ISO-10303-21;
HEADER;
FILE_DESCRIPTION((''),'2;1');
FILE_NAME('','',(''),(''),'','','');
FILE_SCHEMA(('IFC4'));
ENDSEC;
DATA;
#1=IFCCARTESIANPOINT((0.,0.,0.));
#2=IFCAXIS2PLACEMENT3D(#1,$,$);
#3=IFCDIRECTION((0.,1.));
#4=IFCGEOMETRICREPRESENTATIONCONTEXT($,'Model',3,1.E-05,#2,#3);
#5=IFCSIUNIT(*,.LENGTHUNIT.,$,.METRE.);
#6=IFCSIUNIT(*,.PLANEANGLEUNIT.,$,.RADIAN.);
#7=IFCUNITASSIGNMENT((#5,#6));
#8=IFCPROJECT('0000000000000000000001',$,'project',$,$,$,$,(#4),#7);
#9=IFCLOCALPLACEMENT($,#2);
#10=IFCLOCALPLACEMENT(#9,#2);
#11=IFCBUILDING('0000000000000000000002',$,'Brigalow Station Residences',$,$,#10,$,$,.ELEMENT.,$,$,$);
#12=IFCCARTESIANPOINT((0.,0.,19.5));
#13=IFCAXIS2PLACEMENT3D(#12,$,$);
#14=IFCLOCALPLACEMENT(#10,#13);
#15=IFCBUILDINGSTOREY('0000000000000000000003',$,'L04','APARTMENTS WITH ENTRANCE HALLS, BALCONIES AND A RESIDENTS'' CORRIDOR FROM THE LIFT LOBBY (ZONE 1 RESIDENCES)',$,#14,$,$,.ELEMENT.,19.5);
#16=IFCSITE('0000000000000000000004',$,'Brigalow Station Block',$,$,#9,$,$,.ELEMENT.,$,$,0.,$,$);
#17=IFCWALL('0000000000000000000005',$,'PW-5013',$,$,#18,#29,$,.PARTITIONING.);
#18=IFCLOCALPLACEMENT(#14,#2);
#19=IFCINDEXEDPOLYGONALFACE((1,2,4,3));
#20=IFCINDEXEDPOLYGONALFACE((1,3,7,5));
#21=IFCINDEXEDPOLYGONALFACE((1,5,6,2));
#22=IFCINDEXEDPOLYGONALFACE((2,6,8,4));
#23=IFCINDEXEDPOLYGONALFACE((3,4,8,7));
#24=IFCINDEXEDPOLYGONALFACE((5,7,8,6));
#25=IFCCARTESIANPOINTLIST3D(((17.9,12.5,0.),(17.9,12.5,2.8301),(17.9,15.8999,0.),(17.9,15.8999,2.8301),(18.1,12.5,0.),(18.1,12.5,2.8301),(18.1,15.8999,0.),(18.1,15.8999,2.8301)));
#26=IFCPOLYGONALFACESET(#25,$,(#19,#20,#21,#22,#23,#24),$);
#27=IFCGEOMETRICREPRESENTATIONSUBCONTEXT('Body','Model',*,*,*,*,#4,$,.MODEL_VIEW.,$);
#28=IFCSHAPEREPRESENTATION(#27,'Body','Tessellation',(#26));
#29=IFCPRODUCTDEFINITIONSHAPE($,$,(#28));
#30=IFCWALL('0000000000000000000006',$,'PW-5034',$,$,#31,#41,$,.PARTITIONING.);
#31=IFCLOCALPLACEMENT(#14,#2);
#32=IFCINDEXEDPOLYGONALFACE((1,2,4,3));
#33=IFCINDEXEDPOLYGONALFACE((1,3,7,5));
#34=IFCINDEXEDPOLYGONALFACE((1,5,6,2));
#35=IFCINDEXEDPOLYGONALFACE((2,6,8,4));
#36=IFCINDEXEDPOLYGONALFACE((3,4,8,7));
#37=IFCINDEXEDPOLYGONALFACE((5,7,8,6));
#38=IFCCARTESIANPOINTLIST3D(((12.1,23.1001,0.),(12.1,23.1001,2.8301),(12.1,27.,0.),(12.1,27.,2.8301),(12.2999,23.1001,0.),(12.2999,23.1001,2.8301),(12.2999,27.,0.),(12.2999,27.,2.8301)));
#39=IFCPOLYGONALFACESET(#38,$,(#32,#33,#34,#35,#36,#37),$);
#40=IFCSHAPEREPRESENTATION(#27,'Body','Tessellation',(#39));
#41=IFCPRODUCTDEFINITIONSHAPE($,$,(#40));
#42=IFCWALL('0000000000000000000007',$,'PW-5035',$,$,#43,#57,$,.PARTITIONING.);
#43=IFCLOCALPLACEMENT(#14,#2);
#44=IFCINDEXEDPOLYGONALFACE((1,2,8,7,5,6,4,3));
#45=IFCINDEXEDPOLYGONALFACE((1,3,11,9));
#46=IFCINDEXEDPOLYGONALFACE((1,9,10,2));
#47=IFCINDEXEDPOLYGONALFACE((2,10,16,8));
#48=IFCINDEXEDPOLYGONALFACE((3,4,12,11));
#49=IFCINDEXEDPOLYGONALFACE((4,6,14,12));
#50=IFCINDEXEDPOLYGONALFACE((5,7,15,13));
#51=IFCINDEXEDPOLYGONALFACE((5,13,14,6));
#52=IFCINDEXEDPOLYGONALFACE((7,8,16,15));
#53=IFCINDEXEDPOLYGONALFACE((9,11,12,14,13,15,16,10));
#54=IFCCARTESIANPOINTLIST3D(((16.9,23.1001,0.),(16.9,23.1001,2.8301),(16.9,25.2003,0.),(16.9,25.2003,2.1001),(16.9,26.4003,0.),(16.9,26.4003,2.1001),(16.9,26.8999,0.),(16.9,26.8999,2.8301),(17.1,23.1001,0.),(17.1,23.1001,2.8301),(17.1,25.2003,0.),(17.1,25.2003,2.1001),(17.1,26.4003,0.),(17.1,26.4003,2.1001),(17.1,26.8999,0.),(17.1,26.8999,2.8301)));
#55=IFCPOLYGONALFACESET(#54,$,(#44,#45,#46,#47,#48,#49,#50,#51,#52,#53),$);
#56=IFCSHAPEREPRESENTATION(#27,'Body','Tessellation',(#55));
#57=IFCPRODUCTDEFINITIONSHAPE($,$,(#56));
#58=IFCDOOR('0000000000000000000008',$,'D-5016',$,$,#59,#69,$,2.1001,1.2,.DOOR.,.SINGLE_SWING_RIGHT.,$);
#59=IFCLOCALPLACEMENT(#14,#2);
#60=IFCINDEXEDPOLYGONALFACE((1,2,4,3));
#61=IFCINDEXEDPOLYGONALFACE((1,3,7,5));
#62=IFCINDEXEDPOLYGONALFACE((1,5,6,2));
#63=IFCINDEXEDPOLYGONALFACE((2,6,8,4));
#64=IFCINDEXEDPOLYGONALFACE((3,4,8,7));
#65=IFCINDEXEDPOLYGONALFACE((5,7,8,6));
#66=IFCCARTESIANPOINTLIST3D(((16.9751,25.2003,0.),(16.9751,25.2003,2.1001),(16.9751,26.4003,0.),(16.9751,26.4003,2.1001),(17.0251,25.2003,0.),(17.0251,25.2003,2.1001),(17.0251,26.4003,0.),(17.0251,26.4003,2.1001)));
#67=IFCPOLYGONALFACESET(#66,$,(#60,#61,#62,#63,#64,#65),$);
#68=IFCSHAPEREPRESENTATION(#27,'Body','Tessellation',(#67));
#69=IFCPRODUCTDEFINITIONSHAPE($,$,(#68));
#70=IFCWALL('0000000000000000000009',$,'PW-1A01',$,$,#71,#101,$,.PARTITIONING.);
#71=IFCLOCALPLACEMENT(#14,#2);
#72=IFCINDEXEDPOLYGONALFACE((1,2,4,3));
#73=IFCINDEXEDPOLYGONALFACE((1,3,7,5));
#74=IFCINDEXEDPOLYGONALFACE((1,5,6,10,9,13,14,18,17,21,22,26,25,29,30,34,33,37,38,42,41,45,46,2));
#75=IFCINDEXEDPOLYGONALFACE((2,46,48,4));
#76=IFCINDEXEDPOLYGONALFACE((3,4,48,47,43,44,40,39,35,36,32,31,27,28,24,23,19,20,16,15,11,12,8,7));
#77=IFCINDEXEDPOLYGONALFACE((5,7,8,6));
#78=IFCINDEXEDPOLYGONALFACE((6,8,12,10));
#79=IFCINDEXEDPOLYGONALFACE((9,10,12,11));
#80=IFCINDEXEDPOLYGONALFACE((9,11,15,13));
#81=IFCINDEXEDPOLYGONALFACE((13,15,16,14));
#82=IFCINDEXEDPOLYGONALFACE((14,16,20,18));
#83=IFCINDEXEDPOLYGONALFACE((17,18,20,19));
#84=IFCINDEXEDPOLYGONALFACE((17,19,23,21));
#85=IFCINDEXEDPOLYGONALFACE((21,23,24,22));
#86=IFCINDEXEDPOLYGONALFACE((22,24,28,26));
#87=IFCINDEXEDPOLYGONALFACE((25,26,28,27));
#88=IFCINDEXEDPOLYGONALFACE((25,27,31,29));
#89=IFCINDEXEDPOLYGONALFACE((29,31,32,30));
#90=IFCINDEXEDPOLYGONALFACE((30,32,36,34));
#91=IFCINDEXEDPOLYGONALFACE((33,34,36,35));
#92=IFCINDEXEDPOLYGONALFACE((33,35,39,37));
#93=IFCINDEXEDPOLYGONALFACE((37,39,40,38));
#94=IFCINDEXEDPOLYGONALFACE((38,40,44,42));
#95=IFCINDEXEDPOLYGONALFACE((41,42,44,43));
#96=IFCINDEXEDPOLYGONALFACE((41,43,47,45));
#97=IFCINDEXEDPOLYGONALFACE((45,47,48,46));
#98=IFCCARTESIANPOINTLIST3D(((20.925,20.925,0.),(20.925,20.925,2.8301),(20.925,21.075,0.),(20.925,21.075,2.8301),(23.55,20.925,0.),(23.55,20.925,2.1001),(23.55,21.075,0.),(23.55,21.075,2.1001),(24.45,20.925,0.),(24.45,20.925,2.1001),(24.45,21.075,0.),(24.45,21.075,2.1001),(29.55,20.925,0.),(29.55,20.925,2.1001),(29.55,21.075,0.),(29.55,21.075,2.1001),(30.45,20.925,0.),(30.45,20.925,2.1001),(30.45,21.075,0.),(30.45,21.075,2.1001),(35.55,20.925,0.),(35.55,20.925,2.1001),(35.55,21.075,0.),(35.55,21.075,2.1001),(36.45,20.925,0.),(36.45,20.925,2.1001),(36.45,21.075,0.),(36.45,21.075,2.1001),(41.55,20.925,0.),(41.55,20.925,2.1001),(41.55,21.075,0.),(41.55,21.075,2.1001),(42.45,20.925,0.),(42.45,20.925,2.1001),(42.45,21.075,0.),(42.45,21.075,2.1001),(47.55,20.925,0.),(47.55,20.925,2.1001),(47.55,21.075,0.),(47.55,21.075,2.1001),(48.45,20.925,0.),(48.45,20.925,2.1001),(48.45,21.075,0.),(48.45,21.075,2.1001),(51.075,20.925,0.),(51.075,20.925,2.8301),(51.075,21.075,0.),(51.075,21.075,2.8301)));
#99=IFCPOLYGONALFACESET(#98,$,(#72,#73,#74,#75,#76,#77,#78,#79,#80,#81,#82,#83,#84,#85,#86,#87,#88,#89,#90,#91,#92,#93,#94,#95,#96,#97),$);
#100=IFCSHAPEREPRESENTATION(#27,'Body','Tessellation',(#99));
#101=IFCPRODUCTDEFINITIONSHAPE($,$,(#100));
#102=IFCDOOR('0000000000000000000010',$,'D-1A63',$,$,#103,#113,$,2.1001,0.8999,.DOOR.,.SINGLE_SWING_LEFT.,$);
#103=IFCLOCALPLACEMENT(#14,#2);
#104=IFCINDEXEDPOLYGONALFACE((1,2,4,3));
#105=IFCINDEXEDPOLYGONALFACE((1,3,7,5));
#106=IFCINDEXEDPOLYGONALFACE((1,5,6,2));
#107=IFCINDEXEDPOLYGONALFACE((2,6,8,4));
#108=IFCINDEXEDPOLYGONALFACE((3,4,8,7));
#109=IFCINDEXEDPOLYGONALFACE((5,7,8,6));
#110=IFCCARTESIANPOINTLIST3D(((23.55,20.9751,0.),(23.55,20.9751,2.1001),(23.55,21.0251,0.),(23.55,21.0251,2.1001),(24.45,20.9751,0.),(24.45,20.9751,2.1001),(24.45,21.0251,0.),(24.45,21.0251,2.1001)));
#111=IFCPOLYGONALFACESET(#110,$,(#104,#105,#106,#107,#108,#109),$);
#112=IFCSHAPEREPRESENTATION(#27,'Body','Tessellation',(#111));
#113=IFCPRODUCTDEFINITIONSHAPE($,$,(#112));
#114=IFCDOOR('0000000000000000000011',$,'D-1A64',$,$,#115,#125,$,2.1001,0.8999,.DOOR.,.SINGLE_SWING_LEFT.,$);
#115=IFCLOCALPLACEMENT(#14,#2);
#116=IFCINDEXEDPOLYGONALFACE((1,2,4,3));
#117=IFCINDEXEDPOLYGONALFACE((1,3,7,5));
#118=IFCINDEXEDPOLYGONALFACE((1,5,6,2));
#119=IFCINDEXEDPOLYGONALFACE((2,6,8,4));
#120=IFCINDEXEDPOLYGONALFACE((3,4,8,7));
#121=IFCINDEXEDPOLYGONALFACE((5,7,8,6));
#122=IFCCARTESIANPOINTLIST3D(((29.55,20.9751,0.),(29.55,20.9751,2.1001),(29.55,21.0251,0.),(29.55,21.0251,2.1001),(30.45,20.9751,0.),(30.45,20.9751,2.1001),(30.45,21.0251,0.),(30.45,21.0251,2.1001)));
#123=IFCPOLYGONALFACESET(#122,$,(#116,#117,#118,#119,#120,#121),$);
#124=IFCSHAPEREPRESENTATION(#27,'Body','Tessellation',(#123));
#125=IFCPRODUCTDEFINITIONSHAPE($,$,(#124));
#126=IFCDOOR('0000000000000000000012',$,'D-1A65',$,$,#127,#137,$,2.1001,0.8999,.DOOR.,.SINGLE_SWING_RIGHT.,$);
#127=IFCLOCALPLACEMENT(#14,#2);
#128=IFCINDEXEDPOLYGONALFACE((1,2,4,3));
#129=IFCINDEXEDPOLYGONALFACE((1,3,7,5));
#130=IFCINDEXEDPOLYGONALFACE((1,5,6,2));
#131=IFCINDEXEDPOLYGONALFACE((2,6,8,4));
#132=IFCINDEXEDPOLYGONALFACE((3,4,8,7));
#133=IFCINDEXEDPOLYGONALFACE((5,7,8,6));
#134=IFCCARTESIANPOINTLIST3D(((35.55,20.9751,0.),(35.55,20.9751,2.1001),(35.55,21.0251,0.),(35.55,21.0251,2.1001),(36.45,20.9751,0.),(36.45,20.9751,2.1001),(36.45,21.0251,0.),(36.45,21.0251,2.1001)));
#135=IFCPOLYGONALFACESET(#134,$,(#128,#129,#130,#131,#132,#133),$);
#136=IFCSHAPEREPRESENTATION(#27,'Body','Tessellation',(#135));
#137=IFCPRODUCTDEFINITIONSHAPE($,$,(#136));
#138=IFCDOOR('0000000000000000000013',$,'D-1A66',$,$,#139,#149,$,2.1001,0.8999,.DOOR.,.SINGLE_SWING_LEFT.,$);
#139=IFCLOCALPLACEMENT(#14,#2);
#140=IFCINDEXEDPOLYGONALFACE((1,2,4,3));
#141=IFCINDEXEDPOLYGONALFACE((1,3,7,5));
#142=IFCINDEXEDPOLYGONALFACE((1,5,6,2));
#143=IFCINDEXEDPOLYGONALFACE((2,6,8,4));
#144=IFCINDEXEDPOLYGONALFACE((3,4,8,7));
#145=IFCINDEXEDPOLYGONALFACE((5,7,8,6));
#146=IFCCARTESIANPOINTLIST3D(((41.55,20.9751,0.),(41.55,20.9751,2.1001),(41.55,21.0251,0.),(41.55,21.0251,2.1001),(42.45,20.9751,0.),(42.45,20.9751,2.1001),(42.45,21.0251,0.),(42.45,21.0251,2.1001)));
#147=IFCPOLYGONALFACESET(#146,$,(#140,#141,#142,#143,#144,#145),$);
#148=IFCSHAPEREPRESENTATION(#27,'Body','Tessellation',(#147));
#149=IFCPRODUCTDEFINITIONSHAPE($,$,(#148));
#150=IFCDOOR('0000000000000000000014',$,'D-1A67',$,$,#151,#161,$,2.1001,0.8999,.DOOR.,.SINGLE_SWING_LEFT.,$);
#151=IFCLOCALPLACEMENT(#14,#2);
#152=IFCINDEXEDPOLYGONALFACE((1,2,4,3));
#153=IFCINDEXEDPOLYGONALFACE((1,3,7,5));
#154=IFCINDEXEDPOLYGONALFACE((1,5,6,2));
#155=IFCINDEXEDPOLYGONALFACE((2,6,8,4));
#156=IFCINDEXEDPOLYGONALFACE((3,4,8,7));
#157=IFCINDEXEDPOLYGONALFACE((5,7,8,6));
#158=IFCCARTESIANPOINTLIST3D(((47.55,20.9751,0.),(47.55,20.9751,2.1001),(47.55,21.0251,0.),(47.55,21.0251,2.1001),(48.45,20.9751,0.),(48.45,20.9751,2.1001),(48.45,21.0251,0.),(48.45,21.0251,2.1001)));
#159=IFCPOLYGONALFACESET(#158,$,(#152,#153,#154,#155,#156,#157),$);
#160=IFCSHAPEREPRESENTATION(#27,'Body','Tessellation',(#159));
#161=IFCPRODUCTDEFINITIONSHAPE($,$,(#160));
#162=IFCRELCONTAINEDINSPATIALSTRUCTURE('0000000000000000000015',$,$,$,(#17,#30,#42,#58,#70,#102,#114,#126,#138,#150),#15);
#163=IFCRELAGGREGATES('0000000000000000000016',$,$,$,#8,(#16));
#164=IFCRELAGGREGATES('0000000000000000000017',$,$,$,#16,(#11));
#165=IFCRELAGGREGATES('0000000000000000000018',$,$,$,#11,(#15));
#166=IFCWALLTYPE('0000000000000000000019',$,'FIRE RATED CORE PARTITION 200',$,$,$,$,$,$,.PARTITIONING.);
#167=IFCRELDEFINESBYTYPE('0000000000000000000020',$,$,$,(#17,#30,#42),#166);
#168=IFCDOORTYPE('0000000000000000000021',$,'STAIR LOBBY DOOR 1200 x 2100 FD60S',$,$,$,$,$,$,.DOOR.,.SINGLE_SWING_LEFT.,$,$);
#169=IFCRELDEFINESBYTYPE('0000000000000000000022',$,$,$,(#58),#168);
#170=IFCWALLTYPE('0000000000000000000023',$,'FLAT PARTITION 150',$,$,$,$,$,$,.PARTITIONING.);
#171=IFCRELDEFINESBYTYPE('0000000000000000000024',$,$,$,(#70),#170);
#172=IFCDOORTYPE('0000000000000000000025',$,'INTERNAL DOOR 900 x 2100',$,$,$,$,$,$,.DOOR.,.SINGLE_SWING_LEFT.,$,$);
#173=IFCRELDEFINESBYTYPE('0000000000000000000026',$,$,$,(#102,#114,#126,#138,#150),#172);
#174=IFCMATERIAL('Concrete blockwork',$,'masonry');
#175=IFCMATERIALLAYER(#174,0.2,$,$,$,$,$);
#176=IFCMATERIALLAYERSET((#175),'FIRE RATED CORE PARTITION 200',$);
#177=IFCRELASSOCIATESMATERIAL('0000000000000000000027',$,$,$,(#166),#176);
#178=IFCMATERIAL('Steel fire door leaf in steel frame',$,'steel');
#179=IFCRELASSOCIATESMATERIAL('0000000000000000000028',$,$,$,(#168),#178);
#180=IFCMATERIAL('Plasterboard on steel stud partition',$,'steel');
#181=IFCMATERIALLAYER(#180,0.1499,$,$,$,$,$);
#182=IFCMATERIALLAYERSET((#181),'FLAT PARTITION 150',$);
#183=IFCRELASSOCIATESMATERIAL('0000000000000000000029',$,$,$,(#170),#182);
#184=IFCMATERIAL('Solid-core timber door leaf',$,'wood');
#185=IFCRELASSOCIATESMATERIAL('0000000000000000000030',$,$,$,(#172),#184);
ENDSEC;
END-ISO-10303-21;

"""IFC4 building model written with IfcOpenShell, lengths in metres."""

from ifc_helpers import new_model, si_unit, direction, frame, frame_2d, origin, place, context, subcontext, project, spatial, rectangle, extrude, material, layer, layer_set, type_object, element, fill, save


model = new_model("IFC4")

# Units and contexts
model_context = context("Model", 3, precision=1e-05, world=origin(), true_north=direction((0.0, 1.0)))
body_context = subcontext(model_context, "Body", "Model", "MODEL_VIEW")
ifc_project = project(units=[si_unit("LENGTHUNIT", "METRE"), si_unit("PLANEANGLEUNIT", "RADIAN")], contexts=[model_context])

# Site, building, storey
site_placement = place(None, origin())
site = spatial("IfcSite", under=ifc_project, at=site_placement, Name="Brigalow Station Block", CompositionType="ELEMENT", RefElevation=0.0)
building_placement = place(site_placement, origin())
building = spatial("IfcBuilding", under=site, at=building_placement, Name="Brigalow Station Residences", CompositionType="ELEMENT")
storey_placement = place(building_placement, frame((0.0, 0.0, 19.5)))
storey = spatial("IfcBuildingStorey", under=building, at=storey_placement, Name="L04", Description="APARTMENTS WITH ENTRANCE HALLS, BALCONIES AND A RESIDENTS' CORRIDOR FROM THE LIFT LOBBY (ZONE 1 RESIDENCES)", CompositionType="ELEMENT", Elevation=19.5)

# Walls
ifc_material_1 = material(Name="Concrete blockwork", Category="masonry")
ifc_layer_1 = layer(ifc_material_1, 0.2)
ifc_layer_set_1 = layer_set([ifc_layer_1], Name="FIRE RATED CORE PARTITION 200")
wall_type_1 = type_object("IfcWallType", Name="FIRE RATED CORE PARTITION 200", PredefinedType="PARTITIONING", material=ifc_layer_set_1)
wall_1_placement = place(storey_placement, frame((18.0, 12.5, 0.0), z_axis=(0.0, 0.0, 1.0), x_axis=(0.0, 1.0, 0.0)))
element("IfcWall", 1, at=wall_1_placement, inside=storey, type_object=wall_type_1, Name="PW-5013", PredefinedType="PARTITIONING", context=body_context, shape_type="SweptSolid", body=[
    extrude(rectangle(XDim=3.3999, YDim=0.2, at=frame_2d((1.7, 0.0))), origin(), (0.0, 0.0, 1.0), 2.8301),
])
wall_2_placement = place(storey_placement, frame((12.2, 23.1001, 0.0), z_axis=(0.0, 0.0, 1.0), x_axis=(0.0, 1.0, 0.0)))
element("IfcWall", 2, at=wall_2_placement, inside=storey, type_object=wall_type_1, Name="PW-5034", PredefinedType="PARTITIONING", context=body_context, shape_type="SweptSolid", body=[
    extrude(rectangle(XDim=3.8999, YDim=0.2, at=frame_2d((1.95, 0.0))), origin(), (0.0, 0.0, 1.0), 2.8301),
])

# Wall, opening, door
wall_3_placement = place(storey_placement, frame((17.0, 23.1001, 0.0), z_axis=(0.0, 0.0, 1.0), x_axis=(0.0, 1.0, 0.0)))
wall_3 = element("IfcWall", 3, at=wall_3_placement, inside=storey, type_object=wall_type_1, Name="PW-5035", PredefinedType="PARTITIONING", context=body_context, shape_type="SweptSolid", body=[
    extrude(rectangle(XDim=3.7998, YDim=0.2, at=frame_2d((1.8999, 0.0))), origin(), (0.0, 0.0, 1.0), 2.8301),
])
opening_1_placement = place(wall_3_placement, frame((2.1001, 0.0, 0.0)))
opening_1 = element("IfcOpeningElement", 4, at=opening_1_placement, cuts=wall_3, PredefinedType="OPENING", context=body_context, shape_type="SweptSolid", body=[
    extrude(rectangle(XDim=1.2, YDim=2.1001, at=frame_2d((0.6001, 1.05))), frame((0.0, 0.1099, 0.0), z_axis=(0.0, -1.0, 0.0), x_axis=(1.0, 0.0, 0.0)), (0.0, 0.0, 1.0), 0.22),
])
ifc_material_2 = material(Name="Steel fire door leaf in steel frame", Category="steel")
door_type_1 = type_object("IfcDoorType", Name="STAIR LOBBY DOOR 1200 x 2100 FD60S", OperationType="SINGLE_SWING_LEFT", PredefinedType="DOOR", material=ifc_material_2)
door_1_placement = place(opening_1_placement, origin())
door_1 = element("IfcDoor", 5, at=door_1_placement, inside=storey, type_object=door_type_1, Name="D-5016", OperationType="SINGLE_SWING_RIGHT", OverallHeight=2.1001, OverallWidth=1.2, PredefinedType="DOOR", context=body_context, shape_type="SweptSolid", body=[
    extrude(rectangle(XDim=1.2, YDim=2.1001, at=frame_2d((0.6001, 1.05))), frame((0.0, 0.0249, 0.0), z_axis=(0.0, -1.0, 0.0), x_axis=(1.0, 0.0, 0.0)), (0.0, 0.0, 1.0), 0.05),
])
fill(opening_1, door_1)

# Wall, openings, doors
ifc_material_3 = material(Name="Plasterboard on steel stud partition", Category="steel")
ifc_layer_2 = layer(ifc_material_3, 0.1499)
ifc_layer_set_2 = layer_set([ifc_layer_2], Name="FLAT PARTITION 150")
wall_type_2 = type_object("IfcWallType", Name="FLAT PARTITION 150", PredefinedType="PARTITIONING", material=ifc_layer_set_2)
wall_4_placement = place(storey_placement, frame((20.925, 21.0, 0.0), z_axis=(0.0, 0.0, 1.0), x_axis=(1.0, 0.0, 0.0)))
wall_4 = element("IfcWall", 6, at=wall_4_placement, inside=storey, type_object=wall_type_2, Name="PW-1A01", PredefinedType="PARTITIONING", context=body_context, shape_type="SweptSolid", body=[
    extrude(rectangle(XDim=30.1499, YDim=0.1499, at=frame_2d((15.075, 0.0))), origin(), (0.0, 0.0, 1.0), 2.8301),
])
opening_2_placement = place(wall_4_placement, frame((2.625, 0.0, 0.0)))
opening_2 = element("IfcOpeningElement", 7, at=opening_2_placement, cuts=wall_4, PredefinedType="OPENING", context=body_context, shape_type="SweptSolid", body=[
    extrude(rectangle(XDim=0.8999, YDim=2.1001, at=frame_2d((0.45, 1.05))), frame((0.0, 0.085, 0.0), z_axis=(0.0, -1.0, 0.0), x_axis=(1.0, 0.0, 0.0)), (0.0, 0.0, 1.0), 0.1699),
])
opening_3_placement = place(wall_4_placement, frame((8.625, 0.0, 0.0)))
opening_3 = element("IfcOpeningElement", 8, at=opening_3_placement, cuts=wall_4, PredefinedType="OPENING", context=body_context, shape_type="SweptSolid", body=[
    extrude(rectangle(XDim=0.8999, YDim=2.1001, at=frame_2d((0.45, 1.05))), frame((0.0, 0.085, 0.0), z_axis=(0.0, -1.0, 0.0), x_axis=(1.0, 0.0, 0.0)), (0.0, 0.0, 1.0), 0.1699),
])
opening_4_placement = place(wall_4_placement, frame((14.625, 0.0, 0.0)))
opening_4 = element("IfcOpeningElement", 9, at=opening_4_placement, cuts=wall_4, PredefinedType="OPENING", context=body_context, shape_type="SweptSolid", body=[
    extrude(rectangle(XDim=0.8999, YDim=2.1001, at=frame_2d((0.45, 1.05))), frame((0.0, 0.085, 0.0), z_axis=(0.0, -1.0, 0.0), x_axis=(1.0, 0.0, 0.0)), (0.0, 0.0, 1.0), 0.1699),
])
opening_5_placement = place(wall_4_placement, frame((20.625, 0.0, 0.0)))
opening_5 = element("IfcOpeningElement", 10, at=opening_5_placement, cuts=wall_4, PredefinedType="OPENING", context=body_context, shape_type="SweptSolid", body=[
    extrude(rectangle(XDim=0.8999, YDim=2.1001, at=frame_2d((0.45, 1.05))), frame((0.0, 0.085, 0.0), z_axis=(0.0, -1.0, 0.0), x_axis=(1.0, 0.0, 0.0)), (0.0, 0.0, 1.0), 0.1699),
])
opening_6_placement = place(wall_4_placement, frame((26.625, 0.0, 0.0)))
opening_6 = element("IfcOpeningElement", 11, at=opening_6_placement, cuts=wall_4, PredefinedType="OPENING", context=body_context, shape_type="SweptSolid", body=[
    extrude(rectangle(XDim=0.8999, YDim=2.1001, at=frame_2d((0.45, 1.05))), frame((0.0, 0.085, 0.0), z_axis=(0.0, -1.0, 0.0), x_axis=(1.0, 0.0, 0.0)), (0.0, 0.0, 1.0), 0.1699),
])
ifc_material_4 = material(Name="Solid-core timber door leaf", Category="wood")
door_type_2 = type_object("IfcDoorType", Name="INTERNAL DOOR 900 x 2100", OperationType="SINGLE_SWING_LEFT", PredefinedType="DOOR", material=ifc_material_4)
door_2_placement = place(opening_2_placement, frame((0.8999, 0.0, 0.0), z_axis=(0.0, 0.0, 1.0), x_axis=(-1.0, 0.0, 0.0)))
door_2 = element("IfcDoor", 12, at=door_2_placement, inside=storey, type_object=door_type_2, Name="D-1A63", OperationType="SINGLE_SWING_LEFT", OverallHeight=2.1001, OverallWidth=0.8999, PredefinedType="DOOR", context=body_context, shape_type="SweptSolid", body=[
    extrude(rectangle(XDim=0.8999, YDim=2.1001, at=frame_2d((0.45, 1.05))), frame((0.0, 0.0249, 0.0), z_axis=(0.0, -1.0, 0.0), x_axis=(1.0, 0.0, 0.0)), (0.0, 0.0, 1.0), 0.05),
])
fill(opening_2, door_2)
door_3_placement = place(opening_3_placement, frame((0.8999, 0.0, 0.0), z_axis=(0.0, 0.0, 1.0), x_axis=(-1.0, 0.0, 0.0)))
door_3 = element("IfcDoor", 13, at=door_3_placement, inside=storey, type_object=door_type_2, Name="D-1A64", OperationType="SINGLE_SWING_LEFT", OverallHeight=2.1001, OverallWidth=0.8999, PredefinedType="DOOR", context=body_context, shape_type="SweptSolid", body=[
    extrude(rectangle(XDim=0.8999, YDim=2.1001, at=frame_2d((0.45, 1.05))), frame((0.0, 0.0249, 0.0), z_axis=(0.0, -1.0, 0.0), x_axis=(1.0, 0.0, 0.0)), (0.0, 0.0, 1.0), 0.05),
])
fill(opening_3, door_3)
door_4_placement = place(opening_4_placement, frame((0.8999, 0.0, 0.0), z_axis=(0.0, 0.0, 1.0), x_axis=(-1.0, 0.0, 0.0)))
door_4 = element("IfcDoor", 14, at=door_4_placement, inside=storey, type_object=door_type_2, Name="D-1A65", OperationType="SINGLE_SWING_RIGHT", OverallHeight=2.1001, OverallWidth=0.8999, PredefinedType="DOOR", context=body_context, shape_type="SweptSolid", body=[
    extrude(rectangle(XDim=0.8999, YDim=2.1001, at=frame_2d((0.45, 1.05))), frame((0.0, 0.0249, 0.0), z_axis=(0.0, -1.0, 0.0), x_axis=(1.0, 0.0, 0.0)), (0.0, 0.0, 1.0), 0.05),
])
fill(opening_4, door_4)
door_5_placement = place(opening_5_placement, frame((0.8999, 0.0, 0.0), z_axis=(0.0, 0.0, 1.0), x_axis=(-1.0, 0.0, 0.0)))
door_5 = element("IfcDoor", 15, at=door_5_placement, inside=storey, type_object=door_type_2, Name="D-1A66", OperationType="SINGLE_SWING_LEFT", OverallHeight=2.1001, OverallWidth=0.8999, PredefinedType="DOOR", context=body_context, shape_type="SweptSolid", body=[
    extrude(rectangle(XDim=0.8999, YDim=2.1001, at=frame_2d((0.45, 1.05))), frame((0.0, 0.0249, 0.0), z_axis=(0.0, -1.0, 0.0), x_axis=(1.0, 0.0, 0.0)), (0.0, 0.0, 1.0), 0.05),
])
fill(opening_5, door_5)
door_6_placement = place(opening_6_placement, frame((0.8999, 0.0, 0.0), z_axis=(0.0, 0.0, 1.0), x_axis=(-1.0, 0.0, 0.0)))
door_6 = element("IfcDoor", 16, at=door_6_placement, inside=storey, type_object=door_type_2, Name="D-1A67", OperationType="SINGLE_SWING_LEFT", OverallHeight=2.1001, OverallWidth=0.8999, PredefinedType="DOOR", context=body_context, shape_type="SweptSolid", body=[
    extrude(rectangle(XDim=0.8999, YDim=2.1001, at=frame_2d((0.45, 1.05))), frame((0.0, 0.0249, 0.0), z_axis=(0.0, -1.0, 0.0), x_axis=(1.0, 0.0, 0.0)), (0.0, 0.0, 1.0), 0.05),
])
fill(opening_6, door_6)

save(model, "model.ifc")
